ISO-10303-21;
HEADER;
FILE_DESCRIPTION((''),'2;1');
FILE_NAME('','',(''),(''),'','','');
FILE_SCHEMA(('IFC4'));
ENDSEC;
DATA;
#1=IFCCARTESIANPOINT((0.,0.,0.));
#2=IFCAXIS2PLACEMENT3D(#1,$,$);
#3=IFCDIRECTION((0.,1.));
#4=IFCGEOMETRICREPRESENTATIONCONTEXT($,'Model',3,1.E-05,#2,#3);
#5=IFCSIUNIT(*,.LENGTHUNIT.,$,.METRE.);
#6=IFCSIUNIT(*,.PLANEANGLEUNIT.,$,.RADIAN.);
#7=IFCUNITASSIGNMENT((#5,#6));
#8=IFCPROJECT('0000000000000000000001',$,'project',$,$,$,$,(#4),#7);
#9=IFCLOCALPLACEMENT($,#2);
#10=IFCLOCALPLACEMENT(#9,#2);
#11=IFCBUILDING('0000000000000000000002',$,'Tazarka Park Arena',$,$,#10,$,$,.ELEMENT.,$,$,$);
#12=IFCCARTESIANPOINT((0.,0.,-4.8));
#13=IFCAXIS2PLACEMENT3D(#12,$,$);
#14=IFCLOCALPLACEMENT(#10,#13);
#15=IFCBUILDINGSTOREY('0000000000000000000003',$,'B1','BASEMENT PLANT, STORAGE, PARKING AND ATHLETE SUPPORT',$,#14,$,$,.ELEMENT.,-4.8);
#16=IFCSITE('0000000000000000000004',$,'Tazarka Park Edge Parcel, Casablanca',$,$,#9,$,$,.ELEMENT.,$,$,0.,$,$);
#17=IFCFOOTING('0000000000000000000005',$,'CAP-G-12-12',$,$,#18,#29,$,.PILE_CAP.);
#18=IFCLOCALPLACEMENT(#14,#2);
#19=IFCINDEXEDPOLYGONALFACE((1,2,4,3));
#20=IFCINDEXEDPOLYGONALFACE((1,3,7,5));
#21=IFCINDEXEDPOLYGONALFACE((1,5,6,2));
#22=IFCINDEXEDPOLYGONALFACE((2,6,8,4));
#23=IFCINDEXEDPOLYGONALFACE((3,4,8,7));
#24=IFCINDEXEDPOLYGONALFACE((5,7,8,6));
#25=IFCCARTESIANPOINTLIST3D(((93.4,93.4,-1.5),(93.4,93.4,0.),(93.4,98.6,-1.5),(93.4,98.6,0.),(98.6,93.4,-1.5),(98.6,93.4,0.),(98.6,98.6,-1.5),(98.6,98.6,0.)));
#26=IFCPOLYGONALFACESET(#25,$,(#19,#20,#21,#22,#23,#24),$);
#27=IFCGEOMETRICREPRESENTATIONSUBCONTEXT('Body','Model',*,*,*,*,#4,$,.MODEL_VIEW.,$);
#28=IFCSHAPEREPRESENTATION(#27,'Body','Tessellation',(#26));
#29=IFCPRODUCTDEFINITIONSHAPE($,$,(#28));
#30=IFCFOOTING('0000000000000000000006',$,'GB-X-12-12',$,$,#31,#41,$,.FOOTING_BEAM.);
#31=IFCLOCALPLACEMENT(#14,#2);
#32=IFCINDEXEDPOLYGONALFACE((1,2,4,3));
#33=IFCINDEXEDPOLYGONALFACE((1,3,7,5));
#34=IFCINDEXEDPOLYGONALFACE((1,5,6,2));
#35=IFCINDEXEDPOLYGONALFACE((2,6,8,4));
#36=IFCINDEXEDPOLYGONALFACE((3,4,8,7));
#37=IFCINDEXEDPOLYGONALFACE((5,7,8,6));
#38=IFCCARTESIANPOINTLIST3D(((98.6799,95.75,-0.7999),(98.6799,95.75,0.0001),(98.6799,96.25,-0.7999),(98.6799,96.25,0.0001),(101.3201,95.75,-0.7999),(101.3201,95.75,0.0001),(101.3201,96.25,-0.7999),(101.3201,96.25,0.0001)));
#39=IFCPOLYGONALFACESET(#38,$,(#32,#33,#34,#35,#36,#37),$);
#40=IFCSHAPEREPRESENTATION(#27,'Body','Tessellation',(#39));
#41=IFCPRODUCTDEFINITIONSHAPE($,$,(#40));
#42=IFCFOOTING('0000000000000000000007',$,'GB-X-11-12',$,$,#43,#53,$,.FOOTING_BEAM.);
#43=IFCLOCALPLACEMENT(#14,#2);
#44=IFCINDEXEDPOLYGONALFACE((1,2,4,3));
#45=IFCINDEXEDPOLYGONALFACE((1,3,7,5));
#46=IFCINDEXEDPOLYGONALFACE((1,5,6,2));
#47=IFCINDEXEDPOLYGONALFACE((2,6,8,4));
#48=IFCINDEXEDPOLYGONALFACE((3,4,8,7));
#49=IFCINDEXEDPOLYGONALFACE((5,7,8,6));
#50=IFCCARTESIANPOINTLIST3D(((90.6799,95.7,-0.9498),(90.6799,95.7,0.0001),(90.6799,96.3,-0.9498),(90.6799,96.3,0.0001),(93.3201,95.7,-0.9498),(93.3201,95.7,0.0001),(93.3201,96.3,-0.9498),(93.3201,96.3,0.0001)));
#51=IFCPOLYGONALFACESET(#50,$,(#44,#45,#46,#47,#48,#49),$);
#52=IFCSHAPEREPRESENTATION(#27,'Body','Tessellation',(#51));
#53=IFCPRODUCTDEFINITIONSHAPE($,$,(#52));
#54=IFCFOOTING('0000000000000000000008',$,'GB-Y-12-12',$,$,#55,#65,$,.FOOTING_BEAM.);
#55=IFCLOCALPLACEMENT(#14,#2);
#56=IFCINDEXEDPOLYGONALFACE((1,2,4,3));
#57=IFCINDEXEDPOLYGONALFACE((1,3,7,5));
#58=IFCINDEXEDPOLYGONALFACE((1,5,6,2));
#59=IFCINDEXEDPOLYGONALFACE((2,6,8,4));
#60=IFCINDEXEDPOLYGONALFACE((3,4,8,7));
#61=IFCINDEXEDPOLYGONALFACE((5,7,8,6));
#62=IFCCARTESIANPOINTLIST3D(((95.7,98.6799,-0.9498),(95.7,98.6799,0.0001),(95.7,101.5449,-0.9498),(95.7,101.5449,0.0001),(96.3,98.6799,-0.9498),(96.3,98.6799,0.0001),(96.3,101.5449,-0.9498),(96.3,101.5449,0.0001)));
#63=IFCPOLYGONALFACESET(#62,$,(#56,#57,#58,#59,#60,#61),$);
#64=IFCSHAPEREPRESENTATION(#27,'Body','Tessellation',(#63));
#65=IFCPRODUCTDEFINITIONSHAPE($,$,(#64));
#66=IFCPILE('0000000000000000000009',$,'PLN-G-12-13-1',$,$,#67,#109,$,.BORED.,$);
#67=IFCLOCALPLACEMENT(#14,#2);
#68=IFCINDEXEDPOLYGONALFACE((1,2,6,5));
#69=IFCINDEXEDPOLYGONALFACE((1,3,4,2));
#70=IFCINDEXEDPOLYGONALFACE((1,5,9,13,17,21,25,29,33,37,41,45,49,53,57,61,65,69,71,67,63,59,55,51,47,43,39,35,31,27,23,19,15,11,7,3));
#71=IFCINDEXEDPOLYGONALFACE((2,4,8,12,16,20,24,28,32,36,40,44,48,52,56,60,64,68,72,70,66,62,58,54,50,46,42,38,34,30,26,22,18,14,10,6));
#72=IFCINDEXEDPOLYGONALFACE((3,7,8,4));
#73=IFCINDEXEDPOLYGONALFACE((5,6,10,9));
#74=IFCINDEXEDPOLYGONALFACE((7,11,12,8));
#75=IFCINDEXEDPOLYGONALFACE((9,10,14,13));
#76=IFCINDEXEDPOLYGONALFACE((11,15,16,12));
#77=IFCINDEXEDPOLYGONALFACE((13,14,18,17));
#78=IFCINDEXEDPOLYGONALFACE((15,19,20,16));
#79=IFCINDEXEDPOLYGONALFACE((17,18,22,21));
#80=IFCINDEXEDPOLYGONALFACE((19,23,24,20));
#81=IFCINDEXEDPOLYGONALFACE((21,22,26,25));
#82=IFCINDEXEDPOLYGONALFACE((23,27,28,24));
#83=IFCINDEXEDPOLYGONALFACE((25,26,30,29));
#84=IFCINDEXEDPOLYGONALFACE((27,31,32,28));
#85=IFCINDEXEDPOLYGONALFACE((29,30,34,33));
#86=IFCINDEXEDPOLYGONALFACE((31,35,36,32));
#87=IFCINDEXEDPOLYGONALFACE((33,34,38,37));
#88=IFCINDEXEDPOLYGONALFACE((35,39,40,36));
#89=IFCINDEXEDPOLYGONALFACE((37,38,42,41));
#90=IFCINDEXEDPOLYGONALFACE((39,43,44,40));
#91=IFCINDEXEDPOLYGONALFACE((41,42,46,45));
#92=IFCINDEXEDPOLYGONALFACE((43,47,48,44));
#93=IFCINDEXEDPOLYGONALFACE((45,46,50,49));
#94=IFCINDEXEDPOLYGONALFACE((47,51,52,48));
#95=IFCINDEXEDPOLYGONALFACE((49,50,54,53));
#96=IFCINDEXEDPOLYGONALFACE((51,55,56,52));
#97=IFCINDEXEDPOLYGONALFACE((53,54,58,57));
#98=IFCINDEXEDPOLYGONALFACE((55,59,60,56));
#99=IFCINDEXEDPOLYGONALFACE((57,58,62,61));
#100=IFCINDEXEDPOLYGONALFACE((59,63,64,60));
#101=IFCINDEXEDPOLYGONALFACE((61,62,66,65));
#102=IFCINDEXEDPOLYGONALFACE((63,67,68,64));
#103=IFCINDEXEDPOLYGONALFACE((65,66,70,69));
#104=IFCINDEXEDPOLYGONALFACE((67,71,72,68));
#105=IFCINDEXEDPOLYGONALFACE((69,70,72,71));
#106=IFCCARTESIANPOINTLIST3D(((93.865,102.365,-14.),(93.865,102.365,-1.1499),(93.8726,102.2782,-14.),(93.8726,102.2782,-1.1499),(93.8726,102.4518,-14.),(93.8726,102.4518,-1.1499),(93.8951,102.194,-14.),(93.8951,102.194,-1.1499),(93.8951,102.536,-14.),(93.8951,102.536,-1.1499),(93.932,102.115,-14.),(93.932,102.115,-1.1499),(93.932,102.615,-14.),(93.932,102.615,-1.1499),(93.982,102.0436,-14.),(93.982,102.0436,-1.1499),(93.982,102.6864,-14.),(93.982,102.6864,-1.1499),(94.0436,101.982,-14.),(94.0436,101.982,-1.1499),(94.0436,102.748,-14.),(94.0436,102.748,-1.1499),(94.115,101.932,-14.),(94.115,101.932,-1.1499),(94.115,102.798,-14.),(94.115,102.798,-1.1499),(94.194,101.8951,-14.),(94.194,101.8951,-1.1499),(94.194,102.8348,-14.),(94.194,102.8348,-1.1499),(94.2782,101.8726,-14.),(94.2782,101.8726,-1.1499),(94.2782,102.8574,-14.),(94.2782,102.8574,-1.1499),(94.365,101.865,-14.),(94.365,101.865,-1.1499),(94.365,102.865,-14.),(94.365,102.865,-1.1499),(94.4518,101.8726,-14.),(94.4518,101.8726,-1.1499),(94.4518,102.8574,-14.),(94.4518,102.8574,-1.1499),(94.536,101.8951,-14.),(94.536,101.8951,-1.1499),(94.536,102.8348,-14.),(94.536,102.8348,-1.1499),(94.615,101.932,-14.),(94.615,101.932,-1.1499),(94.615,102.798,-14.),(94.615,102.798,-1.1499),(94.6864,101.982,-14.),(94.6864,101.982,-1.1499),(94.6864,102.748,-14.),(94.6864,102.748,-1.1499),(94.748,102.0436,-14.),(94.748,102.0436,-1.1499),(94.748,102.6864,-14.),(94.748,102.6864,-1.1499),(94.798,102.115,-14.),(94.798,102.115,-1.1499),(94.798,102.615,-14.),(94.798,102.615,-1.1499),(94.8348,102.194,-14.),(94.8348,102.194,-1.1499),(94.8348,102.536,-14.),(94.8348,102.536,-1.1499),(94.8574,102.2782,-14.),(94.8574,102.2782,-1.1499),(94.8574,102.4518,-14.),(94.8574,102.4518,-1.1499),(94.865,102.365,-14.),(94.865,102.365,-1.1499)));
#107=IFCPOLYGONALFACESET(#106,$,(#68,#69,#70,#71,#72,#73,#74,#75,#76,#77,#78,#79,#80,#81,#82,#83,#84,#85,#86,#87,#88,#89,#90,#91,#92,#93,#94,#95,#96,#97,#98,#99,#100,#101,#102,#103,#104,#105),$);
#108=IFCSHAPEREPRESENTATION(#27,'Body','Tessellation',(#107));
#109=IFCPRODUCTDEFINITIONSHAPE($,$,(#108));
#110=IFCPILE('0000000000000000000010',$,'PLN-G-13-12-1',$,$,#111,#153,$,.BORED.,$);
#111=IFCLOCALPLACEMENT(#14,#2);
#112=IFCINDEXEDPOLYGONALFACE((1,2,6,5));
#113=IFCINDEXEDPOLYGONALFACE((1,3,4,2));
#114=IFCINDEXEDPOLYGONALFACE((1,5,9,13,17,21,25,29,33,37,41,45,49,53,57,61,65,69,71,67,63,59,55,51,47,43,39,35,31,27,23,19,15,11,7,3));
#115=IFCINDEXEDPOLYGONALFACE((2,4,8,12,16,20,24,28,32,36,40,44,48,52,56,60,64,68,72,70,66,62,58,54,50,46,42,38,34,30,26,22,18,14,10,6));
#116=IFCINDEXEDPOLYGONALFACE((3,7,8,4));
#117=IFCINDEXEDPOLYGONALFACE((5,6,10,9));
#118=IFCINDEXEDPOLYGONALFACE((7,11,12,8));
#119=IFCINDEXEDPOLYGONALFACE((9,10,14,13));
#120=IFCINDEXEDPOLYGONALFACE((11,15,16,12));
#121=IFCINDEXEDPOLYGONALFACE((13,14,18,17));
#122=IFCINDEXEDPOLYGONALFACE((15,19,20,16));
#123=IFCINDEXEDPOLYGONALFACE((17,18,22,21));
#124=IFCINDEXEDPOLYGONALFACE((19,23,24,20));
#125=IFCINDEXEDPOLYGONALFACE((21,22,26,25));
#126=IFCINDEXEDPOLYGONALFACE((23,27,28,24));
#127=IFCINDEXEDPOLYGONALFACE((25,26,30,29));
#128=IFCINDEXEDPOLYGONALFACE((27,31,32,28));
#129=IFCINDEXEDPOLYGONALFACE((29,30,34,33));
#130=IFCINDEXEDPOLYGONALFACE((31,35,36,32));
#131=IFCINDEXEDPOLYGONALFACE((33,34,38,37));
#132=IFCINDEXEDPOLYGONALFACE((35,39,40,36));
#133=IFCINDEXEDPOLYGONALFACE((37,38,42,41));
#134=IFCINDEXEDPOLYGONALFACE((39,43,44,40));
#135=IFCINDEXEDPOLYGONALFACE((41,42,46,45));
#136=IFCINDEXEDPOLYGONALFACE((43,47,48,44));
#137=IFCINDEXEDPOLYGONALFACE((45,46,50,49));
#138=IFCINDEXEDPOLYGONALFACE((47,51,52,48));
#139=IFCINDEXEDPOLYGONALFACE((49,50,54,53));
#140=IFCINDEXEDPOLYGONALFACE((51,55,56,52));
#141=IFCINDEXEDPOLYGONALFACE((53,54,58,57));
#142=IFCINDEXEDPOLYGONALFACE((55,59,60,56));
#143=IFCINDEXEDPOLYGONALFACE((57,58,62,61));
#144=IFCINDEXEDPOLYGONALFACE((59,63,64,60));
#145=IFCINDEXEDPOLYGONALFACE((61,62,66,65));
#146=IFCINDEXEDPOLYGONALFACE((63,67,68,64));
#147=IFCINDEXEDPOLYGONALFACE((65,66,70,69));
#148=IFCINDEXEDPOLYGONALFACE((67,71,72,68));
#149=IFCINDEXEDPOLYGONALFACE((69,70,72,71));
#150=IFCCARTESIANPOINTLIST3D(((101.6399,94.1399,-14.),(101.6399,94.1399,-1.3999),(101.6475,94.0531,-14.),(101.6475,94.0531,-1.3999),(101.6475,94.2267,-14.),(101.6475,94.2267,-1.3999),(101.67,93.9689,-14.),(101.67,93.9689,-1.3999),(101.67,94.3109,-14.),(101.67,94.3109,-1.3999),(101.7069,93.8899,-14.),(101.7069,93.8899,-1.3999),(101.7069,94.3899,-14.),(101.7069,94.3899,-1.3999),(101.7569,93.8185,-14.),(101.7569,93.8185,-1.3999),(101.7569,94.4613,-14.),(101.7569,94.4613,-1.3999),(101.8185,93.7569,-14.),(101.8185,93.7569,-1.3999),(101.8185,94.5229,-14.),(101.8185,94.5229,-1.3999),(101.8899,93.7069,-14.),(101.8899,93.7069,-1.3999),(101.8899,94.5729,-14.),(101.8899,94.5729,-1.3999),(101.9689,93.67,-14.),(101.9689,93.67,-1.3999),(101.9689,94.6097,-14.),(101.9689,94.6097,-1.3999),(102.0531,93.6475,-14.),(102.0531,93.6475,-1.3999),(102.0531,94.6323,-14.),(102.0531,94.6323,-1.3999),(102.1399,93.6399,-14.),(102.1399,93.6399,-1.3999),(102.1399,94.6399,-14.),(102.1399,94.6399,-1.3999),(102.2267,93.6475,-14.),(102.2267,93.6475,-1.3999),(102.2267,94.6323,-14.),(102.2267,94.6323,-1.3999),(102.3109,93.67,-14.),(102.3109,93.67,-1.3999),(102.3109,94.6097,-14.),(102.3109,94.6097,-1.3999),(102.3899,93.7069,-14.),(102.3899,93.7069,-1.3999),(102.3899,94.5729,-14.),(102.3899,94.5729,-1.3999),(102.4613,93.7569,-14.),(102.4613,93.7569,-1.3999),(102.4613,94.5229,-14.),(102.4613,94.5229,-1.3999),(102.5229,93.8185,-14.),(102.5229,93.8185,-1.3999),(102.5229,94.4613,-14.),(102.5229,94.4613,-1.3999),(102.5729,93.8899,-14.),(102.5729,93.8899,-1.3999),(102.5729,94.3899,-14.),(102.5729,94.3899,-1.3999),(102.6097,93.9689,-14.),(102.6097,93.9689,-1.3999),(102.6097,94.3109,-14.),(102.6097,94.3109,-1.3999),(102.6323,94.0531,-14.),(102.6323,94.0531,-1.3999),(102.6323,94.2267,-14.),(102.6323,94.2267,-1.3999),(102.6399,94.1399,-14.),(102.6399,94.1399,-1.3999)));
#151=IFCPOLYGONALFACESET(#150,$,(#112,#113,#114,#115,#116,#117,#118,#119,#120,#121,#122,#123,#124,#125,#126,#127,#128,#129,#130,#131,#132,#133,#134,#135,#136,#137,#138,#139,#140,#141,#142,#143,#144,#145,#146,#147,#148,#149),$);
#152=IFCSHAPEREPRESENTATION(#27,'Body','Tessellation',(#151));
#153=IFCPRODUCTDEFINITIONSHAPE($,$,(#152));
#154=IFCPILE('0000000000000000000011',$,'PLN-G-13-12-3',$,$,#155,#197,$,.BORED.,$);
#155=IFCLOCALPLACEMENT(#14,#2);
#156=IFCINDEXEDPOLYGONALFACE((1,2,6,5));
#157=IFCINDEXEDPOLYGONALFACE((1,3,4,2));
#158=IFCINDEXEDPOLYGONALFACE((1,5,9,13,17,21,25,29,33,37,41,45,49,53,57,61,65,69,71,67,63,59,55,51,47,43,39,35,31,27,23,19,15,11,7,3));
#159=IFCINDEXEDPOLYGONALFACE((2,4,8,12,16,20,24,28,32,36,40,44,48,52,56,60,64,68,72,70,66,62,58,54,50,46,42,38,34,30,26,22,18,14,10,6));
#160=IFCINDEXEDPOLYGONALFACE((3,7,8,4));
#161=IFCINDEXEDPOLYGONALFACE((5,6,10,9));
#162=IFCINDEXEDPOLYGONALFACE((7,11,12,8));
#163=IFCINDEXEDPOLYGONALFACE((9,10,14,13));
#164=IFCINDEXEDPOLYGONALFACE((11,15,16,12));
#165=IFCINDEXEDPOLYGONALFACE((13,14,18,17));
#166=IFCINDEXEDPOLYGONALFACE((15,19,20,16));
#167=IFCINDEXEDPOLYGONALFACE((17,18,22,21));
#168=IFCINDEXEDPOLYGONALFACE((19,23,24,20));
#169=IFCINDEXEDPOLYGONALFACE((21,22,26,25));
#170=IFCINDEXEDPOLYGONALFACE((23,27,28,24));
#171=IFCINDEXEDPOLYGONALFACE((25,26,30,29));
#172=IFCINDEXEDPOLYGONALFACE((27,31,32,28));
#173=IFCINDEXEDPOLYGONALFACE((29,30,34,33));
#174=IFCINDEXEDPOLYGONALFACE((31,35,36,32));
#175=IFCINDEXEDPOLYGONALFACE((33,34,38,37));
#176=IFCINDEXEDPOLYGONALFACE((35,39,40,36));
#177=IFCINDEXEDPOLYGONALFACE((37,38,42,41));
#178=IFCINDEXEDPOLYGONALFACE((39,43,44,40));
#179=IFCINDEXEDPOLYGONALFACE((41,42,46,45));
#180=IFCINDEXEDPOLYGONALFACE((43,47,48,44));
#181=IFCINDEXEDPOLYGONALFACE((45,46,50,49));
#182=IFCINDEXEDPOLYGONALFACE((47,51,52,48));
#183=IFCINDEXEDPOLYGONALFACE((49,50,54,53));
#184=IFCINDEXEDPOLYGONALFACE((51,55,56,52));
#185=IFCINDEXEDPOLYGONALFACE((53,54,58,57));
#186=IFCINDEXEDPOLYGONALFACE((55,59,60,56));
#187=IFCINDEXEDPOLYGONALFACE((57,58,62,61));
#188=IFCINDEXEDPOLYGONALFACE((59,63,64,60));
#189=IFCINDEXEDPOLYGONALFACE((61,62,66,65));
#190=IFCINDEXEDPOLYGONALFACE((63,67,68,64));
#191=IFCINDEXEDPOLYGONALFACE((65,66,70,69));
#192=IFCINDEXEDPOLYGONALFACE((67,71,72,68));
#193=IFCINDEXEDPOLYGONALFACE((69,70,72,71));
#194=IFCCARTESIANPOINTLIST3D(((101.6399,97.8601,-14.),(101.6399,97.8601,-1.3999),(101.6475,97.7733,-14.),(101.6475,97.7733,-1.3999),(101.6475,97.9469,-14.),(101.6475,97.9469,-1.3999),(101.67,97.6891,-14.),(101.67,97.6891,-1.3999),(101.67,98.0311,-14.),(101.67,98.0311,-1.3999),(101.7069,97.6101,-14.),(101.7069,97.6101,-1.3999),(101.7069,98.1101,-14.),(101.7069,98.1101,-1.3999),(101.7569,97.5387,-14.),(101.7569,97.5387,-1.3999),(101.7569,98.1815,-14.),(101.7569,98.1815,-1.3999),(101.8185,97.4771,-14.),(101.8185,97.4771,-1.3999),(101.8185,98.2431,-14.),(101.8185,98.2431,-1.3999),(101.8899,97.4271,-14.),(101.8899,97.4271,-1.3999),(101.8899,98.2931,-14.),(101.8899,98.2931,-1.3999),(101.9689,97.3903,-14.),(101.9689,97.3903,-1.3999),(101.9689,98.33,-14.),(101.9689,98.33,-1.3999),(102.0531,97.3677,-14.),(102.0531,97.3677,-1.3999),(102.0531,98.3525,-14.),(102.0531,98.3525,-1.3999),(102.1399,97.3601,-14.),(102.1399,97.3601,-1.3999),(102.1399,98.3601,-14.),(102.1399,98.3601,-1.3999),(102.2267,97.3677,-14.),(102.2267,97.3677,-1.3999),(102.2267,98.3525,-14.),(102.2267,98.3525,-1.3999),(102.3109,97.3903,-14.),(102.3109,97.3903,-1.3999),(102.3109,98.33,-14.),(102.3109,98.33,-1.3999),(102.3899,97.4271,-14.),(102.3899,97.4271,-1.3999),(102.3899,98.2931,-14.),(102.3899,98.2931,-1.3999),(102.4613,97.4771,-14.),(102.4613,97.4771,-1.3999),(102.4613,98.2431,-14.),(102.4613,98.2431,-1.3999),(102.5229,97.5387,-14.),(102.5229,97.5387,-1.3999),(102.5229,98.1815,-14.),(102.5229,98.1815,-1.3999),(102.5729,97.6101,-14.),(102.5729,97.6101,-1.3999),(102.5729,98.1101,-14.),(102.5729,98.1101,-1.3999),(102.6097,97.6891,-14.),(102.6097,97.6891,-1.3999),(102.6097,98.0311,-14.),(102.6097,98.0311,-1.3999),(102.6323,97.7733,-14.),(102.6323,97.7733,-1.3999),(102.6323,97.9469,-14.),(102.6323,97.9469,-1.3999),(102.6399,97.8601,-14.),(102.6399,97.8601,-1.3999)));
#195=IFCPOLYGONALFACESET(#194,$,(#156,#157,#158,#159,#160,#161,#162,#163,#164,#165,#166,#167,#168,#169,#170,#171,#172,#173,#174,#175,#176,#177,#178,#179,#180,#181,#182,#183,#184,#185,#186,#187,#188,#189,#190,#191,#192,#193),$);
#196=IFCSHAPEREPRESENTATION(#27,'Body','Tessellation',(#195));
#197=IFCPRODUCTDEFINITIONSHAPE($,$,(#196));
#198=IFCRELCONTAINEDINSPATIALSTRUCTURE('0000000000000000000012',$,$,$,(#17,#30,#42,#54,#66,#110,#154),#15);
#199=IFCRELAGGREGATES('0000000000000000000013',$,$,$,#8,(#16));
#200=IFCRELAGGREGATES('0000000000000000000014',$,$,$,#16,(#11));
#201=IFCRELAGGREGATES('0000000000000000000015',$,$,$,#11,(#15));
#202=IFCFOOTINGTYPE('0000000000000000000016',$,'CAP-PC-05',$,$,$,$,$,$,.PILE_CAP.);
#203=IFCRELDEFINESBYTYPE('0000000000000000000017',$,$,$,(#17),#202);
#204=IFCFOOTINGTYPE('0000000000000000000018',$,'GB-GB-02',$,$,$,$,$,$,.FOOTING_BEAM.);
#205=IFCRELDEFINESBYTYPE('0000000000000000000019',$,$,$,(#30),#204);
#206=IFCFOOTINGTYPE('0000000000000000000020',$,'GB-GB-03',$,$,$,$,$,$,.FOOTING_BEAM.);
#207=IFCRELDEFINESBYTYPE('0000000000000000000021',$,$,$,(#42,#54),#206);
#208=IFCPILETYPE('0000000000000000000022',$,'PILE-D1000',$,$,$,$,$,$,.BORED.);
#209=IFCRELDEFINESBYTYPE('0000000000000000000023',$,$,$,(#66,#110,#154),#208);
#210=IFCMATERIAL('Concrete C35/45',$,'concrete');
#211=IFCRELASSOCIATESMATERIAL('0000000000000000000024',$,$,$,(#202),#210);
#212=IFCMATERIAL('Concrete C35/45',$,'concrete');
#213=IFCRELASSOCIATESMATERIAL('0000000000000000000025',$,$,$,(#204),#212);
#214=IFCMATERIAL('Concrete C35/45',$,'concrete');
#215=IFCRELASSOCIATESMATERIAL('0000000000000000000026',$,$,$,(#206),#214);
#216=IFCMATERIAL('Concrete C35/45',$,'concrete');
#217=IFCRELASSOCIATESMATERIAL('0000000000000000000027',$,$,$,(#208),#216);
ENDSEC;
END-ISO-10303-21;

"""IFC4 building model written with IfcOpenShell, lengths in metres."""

from ifc_helpers import new_model, si_unit, direction, frame, origin, origin_2d, place, context, subcontext, project, spatial, rectangle, circle, extrude, material, material_profile, profile_set, type_object, element, save


model = new_model("IFC4")

# Units and contexts
model_context = context("Model", 3, precision=1e-05, world=origin(), true_north=direction((0.0, 1.0)))
body_context = subcontext(model_context, "Body", "Model", "MODEL_VIEW")
ifc_project = project(units=[si_unit("LENGTHUNIT", "METRE"), si_unit("PLANEANGLEUNIT", "RADIAN")], contexts=[model_context])

# Site, building, storey
site_placement = place(None, origin())
site = spatial("IfcSite", under=ifc_project, at=site_placement, Name="Tazarka Park Edge Parcel, Casablanca", CompositionType="ELEMENT", RefElevation=0.0)
building_placement = place(site_placement, origin())
building = spatial("IfcBuilding", under=site, at=building_placement, Name="Tazarka Park Arena", CompositionType="ELEMENT")
storey_placement = place(building_placement, frame((0.0, 0.0, -4.8)))
storey = spatial("IfcBuildingStorey", under=building, at=storey_placement, Name="B1", Description="BASEMENT PLANT, STORAGE, PARKING AND ATHLETE SUPPORT", CompositionType="ELEMENT", Elevation=-4.8)

# Footings
ifc_material_1 = material(Name="Concrete C35/45", Category="concrete")
footing_type_1 = type_object("IfcFootingType", Name="CAP-PC-05", PredefinedType="PILE_CAP", material=ifc_material_1)
footing_1_placement = place(storey_placement, frame((96.0, 96.0, -1.5), z_axis=(0.0, 0.0, 1.0), x_axis=(1.0, 0.0, 0.0)))
element("IfcFooting", 1, at=footing_1_placement, inside=storey, type_object=footing_type_1, Name="CAP-G-12-12", PredefinedType="PILE_CAP", context=body_context, shape_type="SweptSolid", body=[
    extrude(rectangle(XDim=5.2, YDim=5.2, at=origin_2d()), origin(), (0.0, 0.0, 1.0), 1.5),
])
ifc_material_2 = material(Name="Concrete C35/45", Category="concrete")
ifc_material_profile_1 = material_profile(ifc_material_2, rectangle(XDim=0.5, YDim=0.8, at=origin_2d()), Name="Concrete C35/45")
ifc_profile_set_1 = profile_set([ifc_material_profile_1], Name="Concrete C35/45")
footing_type_2 = type_object("IfcFootingType", Name="GB-GB-02", PredefinedType="FOOTING_BEAM", material=ifc_profile_set_1)
footing_2_placement = place(storey_placement, frame((98.6799, 96.0, -0.3999), z_axis=(1.0, 0.0, 0.0), x_axis=(0.0, 1.0, 0.0)))
element("IfcFooting", 2, at=footing_2_placement, inside=storey, type_object=footing_type_2, Name="GB-X-12-12", PredefinedType="FOOTING_BEAM", context=body_context, shape_type="SweptSolid", body=[
    extrude(rectangle(XDim=0.5, YDim=0.8, at=origin_2d()), origin(), (0.0, 0.0, 1.0), 2.6401),
])
ifc_material_3 = material(Name="Concrete C35/45", Category="concrete")
ifc_material_profile_2 = material_profile(ifc_material_3, rectangle(XDim=0.6001, YDim=0.95, at=origin_2d()), Name="Concrete C35/45")
ifc_profile_set_2 = profile_set([ifc_material_profile_2], Name="Concrete C35/45")
footing_type_3 = type_object("IfcFootingType", Name="GB-GB-03", PredefinedType="FOOTING_BEAM", material=ifc_profile_set_2)
footing_3_placement = place(storey_placement, frame((90.6799, 96.0, -0.4749), z_axis=(1.0, 0.0, 0.0), x_axis=(0.0, 1.0, 0.0)))
element("IfcFooting", 3, at=footing_3_placement, inside=storey, type_object=footing_type_3, Name="GB-X-11-12", PredefinedType="FOOTING_BEAM", context=body_context, shape_type="SweptSolid", body=[
    extrude(rectangle(XDim=0.6001, YDim=0.95, at=origin_2d()), origin(), (0.0, 0.0, 1.0), 2.6401),
])
footing_4_placement = place(storey_placement, frame((96.0, 98.6799, -0.4749), z_axis=(0.0, 1.0, 0.0), x_axis=(-1.0, 0.0, 0.0)))
element("IfcFooting", 4, at=footing_4_placement, inside=storey, type_object=footing_type_3, Name="GB-Y-12-12", PredefinedType="FOOTING_BEAM", context=body_context, shape_type="SweptSolid", body=[
    extrude(rectangle(XDim=0.6001, YDim=0.95, at=origin_2d()), origin(), (0.0, 0.0, 1.0), 2.865),
])

# Piles
ifc_material_4 = material(Name="Concrete C35/45", Category="concrete")
ifc_material_profile_3 = material_profile(ifc_material_4, circle(Radius=0.5, at=origin_2d()), Name="Concrete C35/45")
ifc_profile_set_3 = profile_set([ifc_material_profile_3], Name="Concrete C35/45")
pile_type_1 = type_object("IfcPileType", Name="PILE-D1000", PredefinedType="BORED", material=ifc_profile_set_3)
pile_placement = place(storey_placement, frame((94.365, 102.365, -1.1499), z_axis=(0.0, 0.0, -1.0), x_axis=(1.0, 0.0, 0.0)))
element("IfcPile", 5, at=pile_placement, inside=storey, type_object=pile_type_1, Name="PLN-G-12-13-1", PredefinedType="BORED", context=body_context, shape_type="SweptSolid", body=[
    extrude(circle(Radius=0.5, at=origin_2d()), origin(), (0.0, 0.0, 1.0), 12.8501),
])
for number, where, z_axis, x_axis, name in (
    (6, (102.1399, 94.1399, -1.3999), (0.0, 0.0, -1.0), (1.0, 0.0, 0.0), "PLN-G-13-12-1"),
    (7, (102.1399, 97.8601, -1.3999), (0.0, 0.0, -1.0), (1.0, 0.0, 0.0), "PLN-G-13-12-3"),
):
    element("IfcPile", number, at=place(storey_placement, frame(where, z_axis=z_axis, x_axis=x_axis)), inside=storey, type_object=pile_type_1, Name=name, PredefinedType="BORED", context=body_context, shape_type="SweptSolid", body=[
        extrude(circle(Radius=0.5, at=origin_2d()), origin(), (0.0, 0.0, 1.0), 12.6001),
    ])

save(model, "model.ifc")
